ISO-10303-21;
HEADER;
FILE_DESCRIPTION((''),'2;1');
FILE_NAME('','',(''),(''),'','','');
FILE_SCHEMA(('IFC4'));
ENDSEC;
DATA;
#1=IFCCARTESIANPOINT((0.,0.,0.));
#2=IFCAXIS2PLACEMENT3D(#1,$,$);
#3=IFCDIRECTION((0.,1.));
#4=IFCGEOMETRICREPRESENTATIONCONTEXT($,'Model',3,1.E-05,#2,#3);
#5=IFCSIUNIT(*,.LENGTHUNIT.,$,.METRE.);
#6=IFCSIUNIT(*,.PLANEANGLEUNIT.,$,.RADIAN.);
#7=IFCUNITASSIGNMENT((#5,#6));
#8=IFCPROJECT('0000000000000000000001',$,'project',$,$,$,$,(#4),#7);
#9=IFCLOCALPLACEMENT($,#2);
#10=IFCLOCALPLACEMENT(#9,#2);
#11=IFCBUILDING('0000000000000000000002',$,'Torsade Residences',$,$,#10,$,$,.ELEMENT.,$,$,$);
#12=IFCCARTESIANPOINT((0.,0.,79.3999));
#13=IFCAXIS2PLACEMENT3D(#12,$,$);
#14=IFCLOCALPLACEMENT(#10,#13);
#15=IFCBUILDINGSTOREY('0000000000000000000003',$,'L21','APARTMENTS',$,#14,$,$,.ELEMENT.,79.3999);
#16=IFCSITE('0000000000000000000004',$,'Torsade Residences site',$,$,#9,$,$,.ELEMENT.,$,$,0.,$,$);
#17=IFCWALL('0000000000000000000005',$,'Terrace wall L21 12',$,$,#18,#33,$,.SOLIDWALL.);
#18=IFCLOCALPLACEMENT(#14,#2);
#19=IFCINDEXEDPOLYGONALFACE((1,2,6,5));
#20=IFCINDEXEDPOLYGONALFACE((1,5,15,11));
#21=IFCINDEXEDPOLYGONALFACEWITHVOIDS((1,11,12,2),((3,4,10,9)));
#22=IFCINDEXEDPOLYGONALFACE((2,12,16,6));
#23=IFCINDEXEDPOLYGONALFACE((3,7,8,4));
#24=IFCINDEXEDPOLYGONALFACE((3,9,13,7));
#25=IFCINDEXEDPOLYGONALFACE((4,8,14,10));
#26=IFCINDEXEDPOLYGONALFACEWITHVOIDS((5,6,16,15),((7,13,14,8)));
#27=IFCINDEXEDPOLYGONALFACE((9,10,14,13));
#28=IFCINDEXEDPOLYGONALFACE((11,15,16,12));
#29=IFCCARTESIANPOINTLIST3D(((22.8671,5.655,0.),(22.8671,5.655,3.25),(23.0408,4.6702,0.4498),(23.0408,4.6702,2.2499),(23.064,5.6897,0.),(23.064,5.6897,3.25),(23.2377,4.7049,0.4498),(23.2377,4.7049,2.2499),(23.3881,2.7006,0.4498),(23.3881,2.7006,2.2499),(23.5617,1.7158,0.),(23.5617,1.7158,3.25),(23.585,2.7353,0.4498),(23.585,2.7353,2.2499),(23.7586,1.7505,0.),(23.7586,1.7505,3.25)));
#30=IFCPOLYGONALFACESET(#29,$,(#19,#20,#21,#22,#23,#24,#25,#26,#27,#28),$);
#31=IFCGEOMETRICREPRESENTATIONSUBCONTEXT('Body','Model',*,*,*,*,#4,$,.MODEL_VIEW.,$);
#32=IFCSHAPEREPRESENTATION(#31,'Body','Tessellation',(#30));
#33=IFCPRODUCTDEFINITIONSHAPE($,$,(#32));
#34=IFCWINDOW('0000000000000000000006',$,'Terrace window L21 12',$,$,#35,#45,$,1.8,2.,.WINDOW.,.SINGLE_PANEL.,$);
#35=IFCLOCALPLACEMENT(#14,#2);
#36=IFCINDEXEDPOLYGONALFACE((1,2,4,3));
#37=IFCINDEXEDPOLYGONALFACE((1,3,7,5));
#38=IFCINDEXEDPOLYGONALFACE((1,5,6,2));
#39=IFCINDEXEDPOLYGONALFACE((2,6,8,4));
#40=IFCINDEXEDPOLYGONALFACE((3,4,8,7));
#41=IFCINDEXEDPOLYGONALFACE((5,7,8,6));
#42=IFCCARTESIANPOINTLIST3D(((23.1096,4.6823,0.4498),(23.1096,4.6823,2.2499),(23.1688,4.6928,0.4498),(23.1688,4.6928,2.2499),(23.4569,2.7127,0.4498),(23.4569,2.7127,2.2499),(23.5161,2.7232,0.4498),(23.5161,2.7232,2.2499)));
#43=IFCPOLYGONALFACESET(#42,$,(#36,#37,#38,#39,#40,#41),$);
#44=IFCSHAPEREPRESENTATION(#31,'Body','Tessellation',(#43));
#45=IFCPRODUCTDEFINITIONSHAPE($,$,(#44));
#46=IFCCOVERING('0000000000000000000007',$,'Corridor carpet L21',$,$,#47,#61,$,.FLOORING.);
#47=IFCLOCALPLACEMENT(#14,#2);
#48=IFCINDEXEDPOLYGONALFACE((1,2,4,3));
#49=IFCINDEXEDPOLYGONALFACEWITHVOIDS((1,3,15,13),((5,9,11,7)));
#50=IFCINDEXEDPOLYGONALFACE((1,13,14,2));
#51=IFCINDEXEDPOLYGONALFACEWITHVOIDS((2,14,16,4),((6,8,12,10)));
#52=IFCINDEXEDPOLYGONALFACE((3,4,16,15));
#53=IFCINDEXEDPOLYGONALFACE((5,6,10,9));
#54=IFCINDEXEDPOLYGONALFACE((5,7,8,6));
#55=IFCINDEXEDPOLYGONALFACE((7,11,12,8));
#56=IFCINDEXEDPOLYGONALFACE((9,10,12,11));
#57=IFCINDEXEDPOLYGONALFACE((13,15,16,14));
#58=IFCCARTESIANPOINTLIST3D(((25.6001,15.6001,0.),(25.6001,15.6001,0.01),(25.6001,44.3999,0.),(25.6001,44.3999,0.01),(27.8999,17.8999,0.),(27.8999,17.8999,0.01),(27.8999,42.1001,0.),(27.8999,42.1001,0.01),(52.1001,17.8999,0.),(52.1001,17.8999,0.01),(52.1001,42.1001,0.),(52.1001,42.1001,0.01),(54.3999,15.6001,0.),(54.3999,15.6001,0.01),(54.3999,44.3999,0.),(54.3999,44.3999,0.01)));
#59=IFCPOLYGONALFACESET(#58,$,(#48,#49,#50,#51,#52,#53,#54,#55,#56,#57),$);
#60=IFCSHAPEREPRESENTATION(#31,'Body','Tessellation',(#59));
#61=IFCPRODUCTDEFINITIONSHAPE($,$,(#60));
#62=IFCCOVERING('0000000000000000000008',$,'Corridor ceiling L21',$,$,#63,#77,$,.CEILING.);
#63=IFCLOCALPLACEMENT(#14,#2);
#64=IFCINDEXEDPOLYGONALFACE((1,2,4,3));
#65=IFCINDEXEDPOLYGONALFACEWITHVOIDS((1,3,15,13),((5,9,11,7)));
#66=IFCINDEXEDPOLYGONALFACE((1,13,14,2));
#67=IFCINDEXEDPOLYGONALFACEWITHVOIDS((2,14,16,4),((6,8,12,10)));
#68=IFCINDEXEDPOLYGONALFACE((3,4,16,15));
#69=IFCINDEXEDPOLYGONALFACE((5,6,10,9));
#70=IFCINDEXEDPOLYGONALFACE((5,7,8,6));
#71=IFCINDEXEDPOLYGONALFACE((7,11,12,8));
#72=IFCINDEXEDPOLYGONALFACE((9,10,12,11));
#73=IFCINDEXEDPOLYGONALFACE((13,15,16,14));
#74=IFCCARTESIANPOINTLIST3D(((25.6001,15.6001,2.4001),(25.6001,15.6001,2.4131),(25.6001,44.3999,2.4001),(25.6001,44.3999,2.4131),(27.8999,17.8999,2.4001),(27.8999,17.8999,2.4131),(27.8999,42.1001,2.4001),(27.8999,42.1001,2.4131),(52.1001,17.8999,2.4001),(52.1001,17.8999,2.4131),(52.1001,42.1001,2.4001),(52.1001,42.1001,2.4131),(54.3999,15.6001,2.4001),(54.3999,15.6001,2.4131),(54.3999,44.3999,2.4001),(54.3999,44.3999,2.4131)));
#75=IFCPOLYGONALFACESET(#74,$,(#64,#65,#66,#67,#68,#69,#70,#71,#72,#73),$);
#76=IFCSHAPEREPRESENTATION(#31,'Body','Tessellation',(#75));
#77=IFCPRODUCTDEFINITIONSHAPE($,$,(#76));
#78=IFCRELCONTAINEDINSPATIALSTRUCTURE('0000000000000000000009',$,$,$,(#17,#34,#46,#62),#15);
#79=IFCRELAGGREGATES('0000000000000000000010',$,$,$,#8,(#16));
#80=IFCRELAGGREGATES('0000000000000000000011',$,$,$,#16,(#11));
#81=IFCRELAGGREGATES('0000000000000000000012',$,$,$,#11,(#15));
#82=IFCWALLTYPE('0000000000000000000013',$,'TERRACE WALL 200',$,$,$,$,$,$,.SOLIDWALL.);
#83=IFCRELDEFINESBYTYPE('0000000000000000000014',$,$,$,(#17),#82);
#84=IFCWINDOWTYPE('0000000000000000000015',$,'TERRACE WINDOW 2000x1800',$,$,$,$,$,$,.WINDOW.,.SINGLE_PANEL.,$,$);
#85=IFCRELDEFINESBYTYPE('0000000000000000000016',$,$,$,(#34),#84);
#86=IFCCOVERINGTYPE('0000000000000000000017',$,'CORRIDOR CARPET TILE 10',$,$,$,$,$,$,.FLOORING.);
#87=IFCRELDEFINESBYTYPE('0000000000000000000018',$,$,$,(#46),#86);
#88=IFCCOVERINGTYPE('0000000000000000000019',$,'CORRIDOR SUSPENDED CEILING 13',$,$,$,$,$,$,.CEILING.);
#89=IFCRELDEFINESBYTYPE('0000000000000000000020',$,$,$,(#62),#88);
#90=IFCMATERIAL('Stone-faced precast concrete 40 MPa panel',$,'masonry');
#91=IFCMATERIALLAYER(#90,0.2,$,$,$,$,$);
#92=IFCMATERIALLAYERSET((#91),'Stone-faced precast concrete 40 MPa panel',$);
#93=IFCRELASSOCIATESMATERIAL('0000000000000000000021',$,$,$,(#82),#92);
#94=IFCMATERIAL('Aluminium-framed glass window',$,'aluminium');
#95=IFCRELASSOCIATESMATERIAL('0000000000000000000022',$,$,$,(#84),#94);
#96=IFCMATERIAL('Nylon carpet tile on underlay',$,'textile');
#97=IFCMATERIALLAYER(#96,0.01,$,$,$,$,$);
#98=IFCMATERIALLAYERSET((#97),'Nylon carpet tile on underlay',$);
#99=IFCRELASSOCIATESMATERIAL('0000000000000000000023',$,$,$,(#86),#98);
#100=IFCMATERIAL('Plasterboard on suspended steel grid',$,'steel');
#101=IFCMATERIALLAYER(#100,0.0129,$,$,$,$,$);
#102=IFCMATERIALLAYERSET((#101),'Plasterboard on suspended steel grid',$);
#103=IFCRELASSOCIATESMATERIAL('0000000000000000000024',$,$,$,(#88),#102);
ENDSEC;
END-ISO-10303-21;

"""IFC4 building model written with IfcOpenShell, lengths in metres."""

from ifc_helpers import new_model, si_unit, direction, frame, frame_2d, origin, place, context, subcontext, project, spatial, polyline, rectangle, outline, extrude, material, layer, layer_set, type_object, element, fill, save


model = new_model("IFC4")

# Units and contexts
model_context = context("Model", 3, precision=1e-05, world=origin(), true_north=direction((0.0, 1.0)))
body_context = subcontext(model_context, "Body", "Model", "MODEL_VIEW")
ifc_project = project(units=[si_unit("LENGTHUNIT", "METRE"), si_unit("PLANEANGLEUNIT", "RADIAN")], contexts=[model_context])

# Site, building, storey
site_placement = place(None, origin())
site = spatial("IfcSite", under=ifc_project, at=site_placement, Name="Torsade Residences site", CompositionType="ELEMENT", RefElevation=0.0)
building_placement = place(site_placement, origin())
building = spatial("IfcBuilding", under=site, at=building_placement, Name="Torsade Residences", CompositionType="ELEMENT")
storey_placement = place(building_placement, frame((0.0, 0.0, 79.3999)))
storey = spatial("IfcBuildingStorey", under=building, at=storey_placement, Name="L21", Description="APARTMENTS", CompositionType="ELEMENT", Elevation=79.3999)

# Shared definitions
ifc_material_1 = material(Name="Stone-faced precast concrete 40 MPa panel", Category="masonry")
ifc_layer_1 = layer(ifc_material_1, 0.2)
ifc_layer_set_1 = layer_set([ifc_layer_1], Name="Stone-faced precast concrete 40 MPa panel")
wall_type_1 = type_object("IfcWallType", Name="TERRACE WALL 200", PredefinedType="SOLIDWALL", material=ifc_layer_set_1)

# Wall, opening, window
wall_1_placement = place(storey_placement, frame((22.9656, 5.6724, 0.0), z_axis=(0.0, 0.0, 1.0), x_axis=(0.173646, -0.984808, 0.0)))
wall_1 = element("IfcWall", 1, at=wall_1_placement, inside=storey, type_object=wall_type_1, Name="Terrace wall L21 12", PredefinedType="SOLIDWALL", context=body_context, shape_type="SweptSolid", body=[
    extrude(rectangle(XDim=4.0, YDim=0.2, at=frame_2d((2.0, 0.0))), origin(), (0.0, 0.0, 1.0), 3.25),
])
opening_1_placement = place(wall_1_placement, frame((1.0, 0.0, 0.45)))
opening_1 = element("IfcOpeningElement", 2, at=opening_1_placement, cuts=wall_1, PredefinedType="OPENING", context=body_context, shape_type="SweptSolid", body=[
    extrude(rectangle(XDim=2.0, YDim=1.8, at=frame_2d((1.0, 0.8999))), frame((0.0, 0.1099, 0.0), z_axis=(0.0, -1.0, 0.0), x_axis=(1.0, 0.0, 0.0)), (0.0, 0.0, 1.0), 0.22),
])
ifc_material_2 = material(Name="Aluminium-framed glass window", Category="aluminium")
window_type = type_object("IfcWindowType", Name="TERRACE WINDOW 2000x1800", PartitioningType="SINGLE_PANEL", PredefinedType="WINDOW", material=ifc_material_2)
window_placement = place(opening_1_placement, origin())
window = element("IfcWindow", 3, at=window_placement, inside=storey, type_object=window_type, Name="Terrace window L21 12", OverallHeight=1.8, OverallWidth=2.0, PartitioningType="SINGLE_PANEL", PredefinedType="WINDOW", context=body_context, shape_type="SweptSolid", body=[
    extrude(rectangle(XDim=2.0, YDim=1.8, at=frame_2d((1.0, 0.8999))), frame((0.0, 0.03, 0.0), z_axis=(0.0, -1.0, 0.0), x_axis=(1.0, 0.0, 0.0)), (0.0, 0.0, 1.0), 0.0601),
])
fill(opening_1, window)

# Coverings
ifc_material_3 = material(Name="Nylon carpet tile on underlay", Category="textile")
ifc_layer_2 = layer(ifc_material_3, 0.01)
ifc_layer_set_2 = layer_set([ifc_layer_2], Name="Nylon carpet tile on underlay")
covering_type_1 = type_object("IfcCoveringType", Name="CORRIDOR CARPET TILE 10", PredefinedType="FLOORING", material=ifc_layer_set_2)
covering_1_placement = place(storey_placement, origin())
element("IfcCovering", 4, at=covering_1_placement, inside=storey, type_object=covering_type_1, Name="Corridor carpet L21", PredefinedType="FLOORING", context=body_context, shape_type="SweptSolid", body=[
    extrude(outline(polyline([(54.3999, 15.6001), (54.3999, 44.3999), (25.6001, 44.3999), (25.6001, 15.6001), (54.3999, 15.6001)]), holes=[polyline([(52.1001, 42.1001), (27.8999, 42.1001), (27.8999, 17.8999), (52.1001, 17.8999), (52.1001, 42.1001)])]), origin(), (0.0, 0.0, 1.0), 0.01),
])
ifc_material_4 = material(Name="Plasterboard on suspended steel grid", Category="steel")
ifc_layer_3 = layer(ifc_material_4, 0.0129)
ifc_layer_set_3 = layer_set([ifc_layer_3], Name="Plasterboard on suspended steel grid")
covering_type_2 = type_object("IfcCoveringType", Name="CORRIDOR SUSPENDED CEILING 13", PredefinedType="CEILING", material=ifc_layer_set_3)
covering_2_placement = place(storey_placement, frame((0.0, 0.0, 2.4001)))
element("IfcCovering", 5, at=covering_2_placement, inside=storey, type_object=covering_type_2, Name="Corridor ceiling L21", PredefinedType="CEILING", context=body_context, shape_type="SweptSolid", body=[
    extrude(outline(polyline([(54.3999, 15.6001), (54.3999, 44.3999), (25.6001, 44.3999), (25.6001, 15.6001), (54.3999, 15.6001)]), holes=[polyline([(52.1001, 42.1001), (27.8999, 42.1001), (27.8999, 17.8999), (52.1001, 17.8999), (52.1001, 42.1001)])]), origin(), (0.0, 0.0, 1.0), 0.0129),
])

save(model, "model.ifc")
